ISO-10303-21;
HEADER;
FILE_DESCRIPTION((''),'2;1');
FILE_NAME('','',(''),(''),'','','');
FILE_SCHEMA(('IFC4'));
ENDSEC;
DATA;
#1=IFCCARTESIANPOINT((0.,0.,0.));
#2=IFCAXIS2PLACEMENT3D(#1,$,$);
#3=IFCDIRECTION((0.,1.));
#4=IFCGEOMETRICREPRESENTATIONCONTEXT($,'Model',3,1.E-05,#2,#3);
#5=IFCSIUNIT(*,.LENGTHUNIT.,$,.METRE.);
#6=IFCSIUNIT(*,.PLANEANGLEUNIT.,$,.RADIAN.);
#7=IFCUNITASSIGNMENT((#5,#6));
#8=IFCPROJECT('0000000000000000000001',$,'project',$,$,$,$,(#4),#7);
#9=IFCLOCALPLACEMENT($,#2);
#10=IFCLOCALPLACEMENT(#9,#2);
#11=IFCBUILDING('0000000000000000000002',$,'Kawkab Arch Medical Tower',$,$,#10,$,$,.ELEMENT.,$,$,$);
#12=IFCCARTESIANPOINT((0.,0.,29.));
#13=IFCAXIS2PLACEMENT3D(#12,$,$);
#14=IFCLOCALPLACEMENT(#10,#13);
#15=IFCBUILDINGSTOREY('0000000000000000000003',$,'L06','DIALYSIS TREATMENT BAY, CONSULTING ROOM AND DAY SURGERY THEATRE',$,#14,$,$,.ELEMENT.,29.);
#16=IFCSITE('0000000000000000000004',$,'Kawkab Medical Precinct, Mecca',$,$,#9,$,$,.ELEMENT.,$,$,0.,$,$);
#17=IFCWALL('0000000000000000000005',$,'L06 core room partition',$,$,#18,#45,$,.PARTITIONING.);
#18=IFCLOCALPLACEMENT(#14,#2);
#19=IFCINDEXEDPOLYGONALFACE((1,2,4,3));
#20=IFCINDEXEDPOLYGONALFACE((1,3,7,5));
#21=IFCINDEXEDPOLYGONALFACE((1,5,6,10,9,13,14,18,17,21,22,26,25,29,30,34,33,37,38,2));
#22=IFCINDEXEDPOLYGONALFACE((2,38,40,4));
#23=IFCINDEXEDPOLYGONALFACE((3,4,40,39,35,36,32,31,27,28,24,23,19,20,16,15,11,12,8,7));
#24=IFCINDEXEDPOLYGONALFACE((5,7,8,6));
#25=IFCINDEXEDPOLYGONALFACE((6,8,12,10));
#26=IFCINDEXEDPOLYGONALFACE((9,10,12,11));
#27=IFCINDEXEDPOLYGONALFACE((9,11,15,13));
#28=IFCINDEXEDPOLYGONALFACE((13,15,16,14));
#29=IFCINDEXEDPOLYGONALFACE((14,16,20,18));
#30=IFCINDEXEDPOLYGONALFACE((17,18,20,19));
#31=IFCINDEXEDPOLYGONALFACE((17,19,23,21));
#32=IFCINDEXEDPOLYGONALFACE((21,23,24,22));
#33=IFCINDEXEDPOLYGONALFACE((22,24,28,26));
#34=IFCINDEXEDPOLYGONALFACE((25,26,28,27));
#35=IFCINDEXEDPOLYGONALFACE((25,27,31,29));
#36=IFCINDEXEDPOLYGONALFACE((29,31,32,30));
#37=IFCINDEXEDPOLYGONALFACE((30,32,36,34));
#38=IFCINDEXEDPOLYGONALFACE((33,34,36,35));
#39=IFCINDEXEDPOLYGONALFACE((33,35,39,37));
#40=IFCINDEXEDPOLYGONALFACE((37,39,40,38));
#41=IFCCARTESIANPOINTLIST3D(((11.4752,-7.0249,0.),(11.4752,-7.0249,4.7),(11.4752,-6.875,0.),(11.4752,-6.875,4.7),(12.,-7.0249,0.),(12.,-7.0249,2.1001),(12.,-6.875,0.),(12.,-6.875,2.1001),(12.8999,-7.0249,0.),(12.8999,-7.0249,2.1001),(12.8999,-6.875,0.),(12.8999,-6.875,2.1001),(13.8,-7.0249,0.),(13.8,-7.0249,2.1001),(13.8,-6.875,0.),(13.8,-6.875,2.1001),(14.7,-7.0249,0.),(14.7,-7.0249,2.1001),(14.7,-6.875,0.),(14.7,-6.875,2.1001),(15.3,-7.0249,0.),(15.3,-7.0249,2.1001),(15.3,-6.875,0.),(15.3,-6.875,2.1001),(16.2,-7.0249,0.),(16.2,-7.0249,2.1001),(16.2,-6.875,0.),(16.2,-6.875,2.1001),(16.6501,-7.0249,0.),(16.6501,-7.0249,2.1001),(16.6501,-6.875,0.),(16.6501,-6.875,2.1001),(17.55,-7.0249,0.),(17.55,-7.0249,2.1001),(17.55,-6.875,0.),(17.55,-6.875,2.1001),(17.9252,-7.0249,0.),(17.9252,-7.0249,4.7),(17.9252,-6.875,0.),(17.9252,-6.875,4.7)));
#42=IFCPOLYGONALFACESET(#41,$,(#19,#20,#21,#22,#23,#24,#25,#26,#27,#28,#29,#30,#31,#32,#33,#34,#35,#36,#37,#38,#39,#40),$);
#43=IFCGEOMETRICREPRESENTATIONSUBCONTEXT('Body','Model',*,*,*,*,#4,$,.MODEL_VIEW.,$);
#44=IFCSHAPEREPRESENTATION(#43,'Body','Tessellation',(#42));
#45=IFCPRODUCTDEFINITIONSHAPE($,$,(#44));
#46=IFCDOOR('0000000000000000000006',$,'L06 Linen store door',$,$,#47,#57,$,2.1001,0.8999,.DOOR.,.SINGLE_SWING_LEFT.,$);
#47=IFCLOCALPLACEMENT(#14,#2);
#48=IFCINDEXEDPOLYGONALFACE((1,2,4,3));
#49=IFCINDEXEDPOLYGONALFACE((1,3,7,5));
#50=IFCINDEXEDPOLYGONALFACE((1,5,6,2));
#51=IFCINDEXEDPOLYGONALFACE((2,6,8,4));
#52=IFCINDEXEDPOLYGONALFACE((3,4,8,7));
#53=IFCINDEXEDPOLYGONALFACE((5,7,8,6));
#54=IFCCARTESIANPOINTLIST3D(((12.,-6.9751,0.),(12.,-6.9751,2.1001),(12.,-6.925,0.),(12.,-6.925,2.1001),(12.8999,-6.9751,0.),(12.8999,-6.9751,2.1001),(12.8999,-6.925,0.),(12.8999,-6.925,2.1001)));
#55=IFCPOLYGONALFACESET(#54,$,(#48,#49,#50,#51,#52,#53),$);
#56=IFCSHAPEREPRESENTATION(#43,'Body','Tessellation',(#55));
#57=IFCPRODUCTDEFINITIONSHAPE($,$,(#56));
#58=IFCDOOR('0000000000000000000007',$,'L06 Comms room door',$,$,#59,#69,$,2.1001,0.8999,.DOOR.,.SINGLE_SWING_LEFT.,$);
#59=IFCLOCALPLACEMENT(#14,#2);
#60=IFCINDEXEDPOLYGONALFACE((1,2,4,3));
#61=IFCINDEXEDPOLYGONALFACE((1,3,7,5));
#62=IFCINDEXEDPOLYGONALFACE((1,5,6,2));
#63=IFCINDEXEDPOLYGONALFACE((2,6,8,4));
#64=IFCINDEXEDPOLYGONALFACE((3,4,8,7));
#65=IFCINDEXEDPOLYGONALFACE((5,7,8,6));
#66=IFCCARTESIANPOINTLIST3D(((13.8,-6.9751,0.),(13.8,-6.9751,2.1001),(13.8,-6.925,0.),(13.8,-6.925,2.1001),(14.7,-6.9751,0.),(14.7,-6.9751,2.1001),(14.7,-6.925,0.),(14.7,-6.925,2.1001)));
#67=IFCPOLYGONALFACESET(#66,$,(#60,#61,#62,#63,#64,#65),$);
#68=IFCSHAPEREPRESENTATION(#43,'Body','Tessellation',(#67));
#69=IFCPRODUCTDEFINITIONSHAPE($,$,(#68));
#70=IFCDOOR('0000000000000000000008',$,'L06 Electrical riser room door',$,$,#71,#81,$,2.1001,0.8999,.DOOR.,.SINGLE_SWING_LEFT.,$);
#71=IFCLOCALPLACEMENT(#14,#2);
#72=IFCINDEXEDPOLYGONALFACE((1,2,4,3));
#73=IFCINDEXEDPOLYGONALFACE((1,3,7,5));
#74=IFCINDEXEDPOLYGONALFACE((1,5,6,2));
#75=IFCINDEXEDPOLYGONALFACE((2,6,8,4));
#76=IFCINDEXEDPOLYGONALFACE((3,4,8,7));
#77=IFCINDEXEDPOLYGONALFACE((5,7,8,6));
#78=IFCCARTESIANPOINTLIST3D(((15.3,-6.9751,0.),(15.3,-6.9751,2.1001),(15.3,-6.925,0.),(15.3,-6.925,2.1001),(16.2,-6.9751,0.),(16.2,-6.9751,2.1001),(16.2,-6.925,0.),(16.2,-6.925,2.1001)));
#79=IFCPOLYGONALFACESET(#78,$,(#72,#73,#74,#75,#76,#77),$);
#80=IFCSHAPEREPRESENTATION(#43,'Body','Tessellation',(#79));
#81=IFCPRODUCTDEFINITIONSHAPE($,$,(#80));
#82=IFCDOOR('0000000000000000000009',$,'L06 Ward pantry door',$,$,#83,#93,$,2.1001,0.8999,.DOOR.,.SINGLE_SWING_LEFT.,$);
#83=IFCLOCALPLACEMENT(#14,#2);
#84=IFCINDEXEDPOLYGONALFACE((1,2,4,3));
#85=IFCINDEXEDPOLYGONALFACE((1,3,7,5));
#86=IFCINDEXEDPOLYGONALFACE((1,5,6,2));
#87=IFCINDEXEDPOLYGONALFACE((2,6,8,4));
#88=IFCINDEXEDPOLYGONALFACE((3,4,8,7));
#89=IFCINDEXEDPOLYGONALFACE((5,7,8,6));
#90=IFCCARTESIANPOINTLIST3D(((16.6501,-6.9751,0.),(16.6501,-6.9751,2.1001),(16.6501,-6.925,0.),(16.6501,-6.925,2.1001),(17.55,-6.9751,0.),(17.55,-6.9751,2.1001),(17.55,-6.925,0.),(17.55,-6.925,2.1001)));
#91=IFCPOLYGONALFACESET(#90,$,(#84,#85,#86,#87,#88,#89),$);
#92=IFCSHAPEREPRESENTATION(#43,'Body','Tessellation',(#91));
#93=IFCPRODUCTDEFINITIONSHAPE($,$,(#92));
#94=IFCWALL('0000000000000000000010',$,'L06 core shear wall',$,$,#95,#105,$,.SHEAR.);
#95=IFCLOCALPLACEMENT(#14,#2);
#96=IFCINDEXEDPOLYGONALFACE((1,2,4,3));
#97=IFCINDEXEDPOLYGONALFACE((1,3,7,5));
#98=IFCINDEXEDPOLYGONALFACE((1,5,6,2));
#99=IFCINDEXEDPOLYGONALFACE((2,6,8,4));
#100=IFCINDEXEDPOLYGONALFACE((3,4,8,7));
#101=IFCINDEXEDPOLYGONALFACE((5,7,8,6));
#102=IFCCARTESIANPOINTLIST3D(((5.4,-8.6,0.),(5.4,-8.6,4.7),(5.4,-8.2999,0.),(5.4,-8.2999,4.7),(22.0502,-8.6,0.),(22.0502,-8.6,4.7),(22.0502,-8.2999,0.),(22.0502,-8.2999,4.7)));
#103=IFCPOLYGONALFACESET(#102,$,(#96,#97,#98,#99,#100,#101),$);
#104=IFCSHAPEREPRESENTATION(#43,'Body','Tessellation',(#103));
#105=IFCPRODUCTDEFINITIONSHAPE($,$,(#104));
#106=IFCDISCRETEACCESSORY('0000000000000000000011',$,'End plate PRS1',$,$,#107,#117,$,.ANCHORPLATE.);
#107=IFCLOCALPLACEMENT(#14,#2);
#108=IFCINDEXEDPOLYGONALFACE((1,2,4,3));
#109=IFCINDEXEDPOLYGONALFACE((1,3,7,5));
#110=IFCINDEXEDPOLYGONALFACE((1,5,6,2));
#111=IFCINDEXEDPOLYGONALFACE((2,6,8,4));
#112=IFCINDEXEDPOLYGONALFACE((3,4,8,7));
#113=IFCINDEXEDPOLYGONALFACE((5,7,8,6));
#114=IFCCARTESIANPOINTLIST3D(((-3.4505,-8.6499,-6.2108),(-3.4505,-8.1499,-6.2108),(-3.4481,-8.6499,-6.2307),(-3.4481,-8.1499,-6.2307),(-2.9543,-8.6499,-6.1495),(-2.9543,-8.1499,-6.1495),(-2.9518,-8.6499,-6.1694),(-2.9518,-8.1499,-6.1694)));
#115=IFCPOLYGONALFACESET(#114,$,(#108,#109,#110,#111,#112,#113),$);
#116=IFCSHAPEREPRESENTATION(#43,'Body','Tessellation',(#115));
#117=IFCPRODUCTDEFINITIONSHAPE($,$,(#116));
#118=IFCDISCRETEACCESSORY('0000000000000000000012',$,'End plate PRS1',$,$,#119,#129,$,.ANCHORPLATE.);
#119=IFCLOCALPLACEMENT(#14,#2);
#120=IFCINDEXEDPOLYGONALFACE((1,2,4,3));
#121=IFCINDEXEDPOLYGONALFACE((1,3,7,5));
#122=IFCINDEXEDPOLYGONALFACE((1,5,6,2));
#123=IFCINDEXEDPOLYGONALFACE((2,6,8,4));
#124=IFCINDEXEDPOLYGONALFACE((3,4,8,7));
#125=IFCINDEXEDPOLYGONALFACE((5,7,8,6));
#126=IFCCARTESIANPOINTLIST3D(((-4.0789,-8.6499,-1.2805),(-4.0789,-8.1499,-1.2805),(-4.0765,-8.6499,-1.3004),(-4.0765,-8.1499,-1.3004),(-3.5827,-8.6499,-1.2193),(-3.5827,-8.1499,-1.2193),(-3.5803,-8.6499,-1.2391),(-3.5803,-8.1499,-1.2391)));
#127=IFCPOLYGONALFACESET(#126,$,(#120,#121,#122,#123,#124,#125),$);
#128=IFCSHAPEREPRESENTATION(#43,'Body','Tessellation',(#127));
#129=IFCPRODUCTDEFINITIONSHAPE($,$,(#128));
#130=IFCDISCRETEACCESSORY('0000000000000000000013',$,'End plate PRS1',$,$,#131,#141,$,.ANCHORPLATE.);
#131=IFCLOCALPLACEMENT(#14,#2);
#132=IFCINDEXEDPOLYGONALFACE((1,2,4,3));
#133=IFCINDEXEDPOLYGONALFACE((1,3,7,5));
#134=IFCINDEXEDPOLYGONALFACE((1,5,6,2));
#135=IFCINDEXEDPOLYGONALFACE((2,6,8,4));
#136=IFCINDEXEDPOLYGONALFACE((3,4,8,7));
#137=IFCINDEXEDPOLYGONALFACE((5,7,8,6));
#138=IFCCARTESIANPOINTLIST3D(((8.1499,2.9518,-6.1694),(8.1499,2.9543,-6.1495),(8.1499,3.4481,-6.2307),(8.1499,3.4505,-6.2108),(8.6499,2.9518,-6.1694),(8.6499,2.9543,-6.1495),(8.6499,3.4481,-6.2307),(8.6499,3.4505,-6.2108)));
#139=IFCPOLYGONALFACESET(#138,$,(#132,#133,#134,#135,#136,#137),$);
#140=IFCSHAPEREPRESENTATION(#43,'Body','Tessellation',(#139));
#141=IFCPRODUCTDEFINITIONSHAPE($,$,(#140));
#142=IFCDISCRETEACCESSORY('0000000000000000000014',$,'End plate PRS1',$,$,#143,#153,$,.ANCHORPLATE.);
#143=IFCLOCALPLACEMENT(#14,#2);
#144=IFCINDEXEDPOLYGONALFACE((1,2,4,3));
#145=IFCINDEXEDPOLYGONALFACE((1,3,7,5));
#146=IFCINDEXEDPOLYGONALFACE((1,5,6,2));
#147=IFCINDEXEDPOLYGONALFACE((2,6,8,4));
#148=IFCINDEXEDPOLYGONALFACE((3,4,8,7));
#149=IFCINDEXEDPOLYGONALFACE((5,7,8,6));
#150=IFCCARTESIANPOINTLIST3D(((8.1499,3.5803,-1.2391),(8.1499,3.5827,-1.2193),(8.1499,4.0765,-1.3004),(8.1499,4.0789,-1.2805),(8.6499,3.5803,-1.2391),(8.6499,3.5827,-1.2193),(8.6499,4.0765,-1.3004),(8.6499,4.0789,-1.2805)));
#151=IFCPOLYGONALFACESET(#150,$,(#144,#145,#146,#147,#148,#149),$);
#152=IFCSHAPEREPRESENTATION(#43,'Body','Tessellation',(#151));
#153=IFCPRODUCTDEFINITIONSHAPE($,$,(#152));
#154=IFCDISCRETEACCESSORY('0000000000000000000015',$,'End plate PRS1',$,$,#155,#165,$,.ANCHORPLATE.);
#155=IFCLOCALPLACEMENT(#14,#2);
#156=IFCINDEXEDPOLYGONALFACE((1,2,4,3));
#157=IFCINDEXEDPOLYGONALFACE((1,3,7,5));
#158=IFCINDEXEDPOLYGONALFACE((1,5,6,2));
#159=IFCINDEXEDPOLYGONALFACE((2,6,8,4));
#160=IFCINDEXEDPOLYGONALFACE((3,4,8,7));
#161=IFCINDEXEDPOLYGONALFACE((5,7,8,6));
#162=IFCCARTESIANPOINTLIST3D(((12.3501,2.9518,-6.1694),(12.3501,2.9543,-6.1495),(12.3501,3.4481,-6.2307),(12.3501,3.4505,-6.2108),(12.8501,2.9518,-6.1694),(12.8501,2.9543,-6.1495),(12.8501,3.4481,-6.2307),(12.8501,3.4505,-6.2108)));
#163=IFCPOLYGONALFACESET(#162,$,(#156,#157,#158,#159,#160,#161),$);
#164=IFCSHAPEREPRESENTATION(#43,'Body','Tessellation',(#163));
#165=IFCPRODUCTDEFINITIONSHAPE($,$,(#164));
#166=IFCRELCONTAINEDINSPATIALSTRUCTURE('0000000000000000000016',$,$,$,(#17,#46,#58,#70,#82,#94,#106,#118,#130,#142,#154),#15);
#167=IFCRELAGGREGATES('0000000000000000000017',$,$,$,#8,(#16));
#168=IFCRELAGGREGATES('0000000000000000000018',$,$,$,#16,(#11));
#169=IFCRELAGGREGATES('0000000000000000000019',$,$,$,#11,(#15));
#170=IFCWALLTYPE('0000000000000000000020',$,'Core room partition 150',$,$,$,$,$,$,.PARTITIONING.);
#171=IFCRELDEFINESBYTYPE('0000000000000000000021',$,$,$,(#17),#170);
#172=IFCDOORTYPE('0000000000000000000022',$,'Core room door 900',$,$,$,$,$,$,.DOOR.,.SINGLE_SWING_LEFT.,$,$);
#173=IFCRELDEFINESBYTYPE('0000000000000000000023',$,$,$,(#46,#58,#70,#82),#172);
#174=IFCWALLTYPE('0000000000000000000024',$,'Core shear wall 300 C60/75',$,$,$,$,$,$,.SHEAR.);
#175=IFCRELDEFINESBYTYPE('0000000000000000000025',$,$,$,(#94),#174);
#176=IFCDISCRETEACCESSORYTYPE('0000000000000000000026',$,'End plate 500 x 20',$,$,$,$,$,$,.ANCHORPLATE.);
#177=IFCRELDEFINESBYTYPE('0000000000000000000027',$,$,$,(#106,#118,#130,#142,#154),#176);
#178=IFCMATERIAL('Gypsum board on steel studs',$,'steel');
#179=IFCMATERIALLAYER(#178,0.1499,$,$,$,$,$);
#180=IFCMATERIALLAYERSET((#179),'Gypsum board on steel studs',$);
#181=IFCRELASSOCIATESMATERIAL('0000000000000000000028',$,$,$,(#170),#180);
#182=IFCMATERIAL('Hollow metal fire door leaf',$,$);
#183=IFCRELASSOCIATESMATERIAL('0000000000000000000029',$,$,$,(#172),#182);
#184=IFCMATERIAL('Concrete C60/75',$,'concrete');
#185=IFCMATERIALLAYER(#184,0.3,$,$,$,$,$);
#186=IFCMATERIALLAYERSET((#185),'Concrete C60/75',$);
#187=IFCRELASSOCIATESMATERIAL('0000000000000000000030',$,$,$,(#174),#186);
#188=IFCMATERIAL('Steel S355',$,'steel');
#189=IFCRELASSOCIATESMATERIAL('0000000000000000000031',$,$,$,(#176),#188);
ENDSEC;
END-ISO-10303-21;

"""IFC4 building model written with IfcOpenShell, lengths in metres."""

from ifc_helpers import new_model, si_unit, direction, frame, frame_2d, origin, origin_2d, place, context, subcontext, project, spatial, rectangle, extrude, material, layer, layer_set, material_profile, profile_set, type_object, element, fill, save


model = new_model("IFC4")

# Units and contexts
model_context = context("Model", 3, precision=1e-05, world=origin(), true_north=direction((0.0, 1.0)))
body_context = subcontext(model_context, "Body", "Model", "MODEL_VIEW")
ifc_project = project(units=[si_unit("LENGTHUNIT", "METRE"), si_unit("PLANEANGLEUNIT", "RADIAN")], contexts=[model_context])

# Site, building, storey
site_placement = place(None, origin())
site = spatial("IfcSite", under=ifc_project, at=site_placement, Name="Kawkab Medical Precinct, Mecca", CompositionType="ELEMENT", RefElevation=0.0)
building_placement = place(site_placement, origin())
building = spatial("IfcBuilding", under=site, at=building_placement, Name="Kawkab Arch Medical Tower", CompositionType="ELEMENT")
storey_placement = place(building_placement, frame((0.0, 0.0, 29.0)))
storey = spatial("IfcBuildingStorey", under=building, at=storey_placement, Name="L06", Description="DIALYSIS TREATMENT BAY, CONSULTING ROOM AND DAY SURGERY THEATRE", CompositionType="ELEMENT", Elevation=29.0)

# Wall, openings, doors
ifc_material_1 = material(Name="Gypsum board on steel studs", Category="steel")
ifc_layer_1 = layer(ifc_material_1, 0.1499)
ifc_layer_set_1 = layer_set([ifc_layer_1], Name="Gypsum board on steel studs")
wall_type_1 = type_object("IfcWallType", Name="Core room partition 150", PredefinedType="PARTITIONING", material=ifc_layer_set_1)
wall_1_placement = place(storey_placement, frame((11.4751, -6.95, 0.0), z_axis=(0.0, 0.0, 1.0), x_axis=(1.0, 0.0, 0.0)))
wall_1 = element("IfcWall", 1, at=wall_1_placement, inside=storey, type_object=wall_type_1, Name="L06 core room partition", PredefinedType="PARTITIONING", context=body_context, shape_type="SweptSolid", body=[
    extrude(rectangle(XDim=6.45, YDim=0.1499, at=frame_2d((3.2251, 0.0))), origin(), (0.0, 0.0, 1.0), 4.7),
])
opening_1_placement = place(wall_1_placement, frame((0.5249, 0.0, 0.0)))
opening_1 = element("IfcOpeningElement", 2, at=opening_1_placement, cuts=wall_1, PredefinedType="OPENING", context=body_context, shape_type="SweptSolid", body=[
    extrude(rectangle(XDim=0.8999, YDim=2.1001, at=frame_2d((0.45, 1.05))), frame((0.0, 0.085, 0.0), z_axis=(0.0, -1.0, 0.0), x_axis=(1.0, 0.0, 0.0)), (0.0, 0.0, 1.0), 0.1699),
])
opening_2_placement = place(wall_1_placement, frame((2.325, 0.0, 0.0)))
opening_2 = element("IfcOpeningElement", 3, at=opening_2_placement, cuts=wall_1, PredefinedType="OPENING", context=body_context, shape_type="SweptSolid", body=[
    extrude(rectangle(XDim=0.8999, YDim=2.1001, at=frame_2d((0.45, 1.05))), frame((0.0, 0.085, 0.0), z_axis=(0.0, -1.0, 0.0), x_axis=(1.0, 0.0, 0.0)), (0.0, 0.0, 1.0), 0.1699),
])
opening_3_placement = place(wall_1_placement, frame((3.825, 0.0, 0.0)))
opening_3 = element("IfcOpeningElement", 4, at=opening_3_placement, cuts=wall_1, PredefinedType="OPENING", context=body_context, shape_type="SweptSolid", body=[
    extrude(rectangle(XDim=0.8999, YDim=2.1001, at=frame_2d((0.45, 1.05))), frame((0.0, 0.085, 0.0), z_axis=(0.0, -1.0, 0.0), x_axis=(1.0, 0.0, 0.0)), (0.0, 0.0, 1.0), 0.1699),
])
opening_4_placement = place(wall_1_placement, frame((5.175, 0.0, 0.0)))
opening_4 = element("IfcOpeningElement", 5, at=opening_4_placement, cuts=wall_1, PredefinedType="OPENING", context=body_context, shape_type="SweptSolid", body=[
    extrude(rectangle(XDim=0.8999, YDim=2.1001, at=frame_2d((0.45, 1.05))), frame((0.0, 0.085, 0.0), z_axis=(0.0, -1.0, 0.0), x_axis=(1.0, 0.0, 0.0)), (0.0, 0.0, 1.0), 0.1699),
])
ifc_material_2 = material(Name="Hollow metal fire door leaf")
door_type = type_object("IfcDoorType", Name="Core room door 900", OperationType="SINGLE_SWING_LEFT", PredefinedType="DOOR", material=ifc_material_2)
door_1_placement = place(opening_1_placement, origin())
door_1 = element("IfcDoor", 6, at=door_1_placement, inside=storey, type_object=door_type, Name="L06 Linen store door", OperationType="SINGLE_SWING_LEFT", OverallHeight=2.1001, OverallWidth=0.8999, PredefinedType="DOOR", context=body_context, shape_type="SweptSolid", body=[
    extrude(rectangle(XDim=0.8999, YDim=2.1001, at=frame_2d((0.45, 1.05))), frame((0.0, 0.0249, 0.0), z_axis=(0.0, -1.0, 0.0), x_axis=(1.0, 0.0, 0.0)), (0.0, 0.0, 1.0), 0.05),
])
fill(opening_1, door_1)
door_2_placement = place(opening_2_placement, origin())
door_2 = element("IfcDoor", 7, at=door_2_placement, inside=storey, type_object=door_type, Name="L06 Comms room door", OperationType="SINGLE_SWING_LEFT", OverallHeight=2.1001, OverallWidth=0.8999, PredefinedType="DOOR", context=body_context, shape_type="SweptSolid", body=[
    extrude(rectangle(XDim=0.8999, YDim=2.1001, at=frame_2d((0.45, 1.05))), frame((0.0, 0.0249, 0.0), z_axis=(0.0, -1.0, 0.0), x_axis=(1.0, 0.0, 0.0)), (0.0, 0.0, 1.0), 0.05),
])
fill(opening_2, door_2)
door_3_placement = place(opening_3_placement, origin())
door_3 = element("IfcDoor", 8, at=door_3_placement, inside=storey, type_object=door_type, Name="L06 Electrical riser room door", OperationType="SINGLE_SWING_LEFT", OverallHeight=2.1001, OverallWidth=0.8999, PredefinedType="DOOR", context=body_context, shape_type="SweptSolid", body=[
    extrude(rectangle(XDim=0.8999, YDim=2.1001, at=frame_2d((0.45, 1.05))), frame((0.0, 0.0249, 0.0), z_axis=(0.0, -1.0, 0.0), x_axis=(1.0, 0.0, 0.0)), (0.0, 0.0, 1.0), 0.05),
])
fill(opening_3, door_3)
door_4_placement = place(opening_4_placement, origin())
door_4 = element("IfcDoor", 9, at=door_4_placement, inside=storey, type_object=door_type, Name="L06 Ward pantry door", OperationType="SINGLE_SWING_LEFT", OverallHeight=2.1001, OverallWidth=0.8999, PredefinedType="DOOR", context=body_context, shape_type="SweptSolid", body=[
    extrude(rectangle(XDim=0.8999, YDim=2.1001, at=frame_2d((0.45, 1.05))), frame((0.0, 0.0249, 0.0), z_axis=(0.0, -1.0, 0.0), x_axis=(1.0, 0.0, 0.0)), (0.0, 0.0, 1.0), 0.05),
])
fill(opening_4, door_4)

# Wall
ifc_material_3 = material(Name="Concrete C60/75", Category="concrete")
ifc_layer_2 = layer(ifc_material_3, 0.3)
ifc_layer_set_2 = layer_set([ifc_layer_2], Name="Concrete C60/75")
wall_type_2 = type_object("IfcWallType", Name="Core shear wall 300 C60/75", PredefinedType="SHEAR", material=ifc_layer_set_2)
wall_2_placement = place(storey_placement, frame((5.3999, -8.45, 0.0), z_axis=(0.0, 0.0, 1.0), x_axis=(1.0, 0.0, 0.0)))
element("IfcWall", 10, at=wall_2_placement, inside=storey, type_object=wall_type_2, Name="L06 core shear wall", PredefinedType="SHEAR", context=body_context, shape_type="SweptSolid", body=[
    extrude(rectangle(XDim=16.6501, YDim=0.3, at=frame_2d((8.3252, 0.0))), origin(), (0.0, 0.0, 1.0), 4.7),
])

# Discrete accessories
ifc_material_4 = material(Name="Steel S355", Category="steel")
ifc_material_profile_1 = material_profile(ifc_material_4, rectangle(XDim=0.5, YDim=0.5, at=origin_2d()), Name="End plate 500 x 20")
ifc_profile_set_1 = profile_set([ifc_material_profile_1], Name="Steel S355")
discrete_accessory_type = type_object("IfcDiscreteAccessoryType", Name="End plate 500 x 20", PredefinedType="ANCHORPLATE", material=ifc_profile_set_1)
for number, where, z_axis, x_axis, name in (
    (11, (-3.2024, -8.3999, -6.1802), (0.122527, 0.0, -0.992465), (0.0, 1.0, 0.0), "End plate PRS1"),
    (12, (-3.8284, -8.3999, -1.2698), (-0.122527, 0.0, 0.992465), (0.0, -1.0, 0.0), "End plate PRS1"),
    (13, (8.3999, 3.2024, -6.1802), (0.0, -0.122527, -0.992465), (1.0, 0.0, 0.0), "End plate PRS1"),
    (14, (8.3999, 3.8284, -1.2698), (0.0, 0.122527, 0.992465), (-1.0, 0.0, 0.0), "End plate PRS1"),
    (15, (12.6001, 3.2024, -6.1802), (0.0, -0.122527, -0.992465), (1.0, 0.0, 0.0), "End plate PRS1"),
):
    element("IfcDiscreteAccessory", number, at=place(storey_placement, frame(where, z_axis=z_axis, x_axis=x_axis)), inside=storey, type_object=discrete_accessory_type, Name=name, PredefinedType="ANCHORPLATE", context=body_context, shape_type="SweptSolid", body=[
        extrude(rectangle(XDim=0.5, YDim=0.5, at=origin_2d()), origin(), (0.0, 0.0, 1.0), 0.02),
    ])

save(model, "model.ifc")
